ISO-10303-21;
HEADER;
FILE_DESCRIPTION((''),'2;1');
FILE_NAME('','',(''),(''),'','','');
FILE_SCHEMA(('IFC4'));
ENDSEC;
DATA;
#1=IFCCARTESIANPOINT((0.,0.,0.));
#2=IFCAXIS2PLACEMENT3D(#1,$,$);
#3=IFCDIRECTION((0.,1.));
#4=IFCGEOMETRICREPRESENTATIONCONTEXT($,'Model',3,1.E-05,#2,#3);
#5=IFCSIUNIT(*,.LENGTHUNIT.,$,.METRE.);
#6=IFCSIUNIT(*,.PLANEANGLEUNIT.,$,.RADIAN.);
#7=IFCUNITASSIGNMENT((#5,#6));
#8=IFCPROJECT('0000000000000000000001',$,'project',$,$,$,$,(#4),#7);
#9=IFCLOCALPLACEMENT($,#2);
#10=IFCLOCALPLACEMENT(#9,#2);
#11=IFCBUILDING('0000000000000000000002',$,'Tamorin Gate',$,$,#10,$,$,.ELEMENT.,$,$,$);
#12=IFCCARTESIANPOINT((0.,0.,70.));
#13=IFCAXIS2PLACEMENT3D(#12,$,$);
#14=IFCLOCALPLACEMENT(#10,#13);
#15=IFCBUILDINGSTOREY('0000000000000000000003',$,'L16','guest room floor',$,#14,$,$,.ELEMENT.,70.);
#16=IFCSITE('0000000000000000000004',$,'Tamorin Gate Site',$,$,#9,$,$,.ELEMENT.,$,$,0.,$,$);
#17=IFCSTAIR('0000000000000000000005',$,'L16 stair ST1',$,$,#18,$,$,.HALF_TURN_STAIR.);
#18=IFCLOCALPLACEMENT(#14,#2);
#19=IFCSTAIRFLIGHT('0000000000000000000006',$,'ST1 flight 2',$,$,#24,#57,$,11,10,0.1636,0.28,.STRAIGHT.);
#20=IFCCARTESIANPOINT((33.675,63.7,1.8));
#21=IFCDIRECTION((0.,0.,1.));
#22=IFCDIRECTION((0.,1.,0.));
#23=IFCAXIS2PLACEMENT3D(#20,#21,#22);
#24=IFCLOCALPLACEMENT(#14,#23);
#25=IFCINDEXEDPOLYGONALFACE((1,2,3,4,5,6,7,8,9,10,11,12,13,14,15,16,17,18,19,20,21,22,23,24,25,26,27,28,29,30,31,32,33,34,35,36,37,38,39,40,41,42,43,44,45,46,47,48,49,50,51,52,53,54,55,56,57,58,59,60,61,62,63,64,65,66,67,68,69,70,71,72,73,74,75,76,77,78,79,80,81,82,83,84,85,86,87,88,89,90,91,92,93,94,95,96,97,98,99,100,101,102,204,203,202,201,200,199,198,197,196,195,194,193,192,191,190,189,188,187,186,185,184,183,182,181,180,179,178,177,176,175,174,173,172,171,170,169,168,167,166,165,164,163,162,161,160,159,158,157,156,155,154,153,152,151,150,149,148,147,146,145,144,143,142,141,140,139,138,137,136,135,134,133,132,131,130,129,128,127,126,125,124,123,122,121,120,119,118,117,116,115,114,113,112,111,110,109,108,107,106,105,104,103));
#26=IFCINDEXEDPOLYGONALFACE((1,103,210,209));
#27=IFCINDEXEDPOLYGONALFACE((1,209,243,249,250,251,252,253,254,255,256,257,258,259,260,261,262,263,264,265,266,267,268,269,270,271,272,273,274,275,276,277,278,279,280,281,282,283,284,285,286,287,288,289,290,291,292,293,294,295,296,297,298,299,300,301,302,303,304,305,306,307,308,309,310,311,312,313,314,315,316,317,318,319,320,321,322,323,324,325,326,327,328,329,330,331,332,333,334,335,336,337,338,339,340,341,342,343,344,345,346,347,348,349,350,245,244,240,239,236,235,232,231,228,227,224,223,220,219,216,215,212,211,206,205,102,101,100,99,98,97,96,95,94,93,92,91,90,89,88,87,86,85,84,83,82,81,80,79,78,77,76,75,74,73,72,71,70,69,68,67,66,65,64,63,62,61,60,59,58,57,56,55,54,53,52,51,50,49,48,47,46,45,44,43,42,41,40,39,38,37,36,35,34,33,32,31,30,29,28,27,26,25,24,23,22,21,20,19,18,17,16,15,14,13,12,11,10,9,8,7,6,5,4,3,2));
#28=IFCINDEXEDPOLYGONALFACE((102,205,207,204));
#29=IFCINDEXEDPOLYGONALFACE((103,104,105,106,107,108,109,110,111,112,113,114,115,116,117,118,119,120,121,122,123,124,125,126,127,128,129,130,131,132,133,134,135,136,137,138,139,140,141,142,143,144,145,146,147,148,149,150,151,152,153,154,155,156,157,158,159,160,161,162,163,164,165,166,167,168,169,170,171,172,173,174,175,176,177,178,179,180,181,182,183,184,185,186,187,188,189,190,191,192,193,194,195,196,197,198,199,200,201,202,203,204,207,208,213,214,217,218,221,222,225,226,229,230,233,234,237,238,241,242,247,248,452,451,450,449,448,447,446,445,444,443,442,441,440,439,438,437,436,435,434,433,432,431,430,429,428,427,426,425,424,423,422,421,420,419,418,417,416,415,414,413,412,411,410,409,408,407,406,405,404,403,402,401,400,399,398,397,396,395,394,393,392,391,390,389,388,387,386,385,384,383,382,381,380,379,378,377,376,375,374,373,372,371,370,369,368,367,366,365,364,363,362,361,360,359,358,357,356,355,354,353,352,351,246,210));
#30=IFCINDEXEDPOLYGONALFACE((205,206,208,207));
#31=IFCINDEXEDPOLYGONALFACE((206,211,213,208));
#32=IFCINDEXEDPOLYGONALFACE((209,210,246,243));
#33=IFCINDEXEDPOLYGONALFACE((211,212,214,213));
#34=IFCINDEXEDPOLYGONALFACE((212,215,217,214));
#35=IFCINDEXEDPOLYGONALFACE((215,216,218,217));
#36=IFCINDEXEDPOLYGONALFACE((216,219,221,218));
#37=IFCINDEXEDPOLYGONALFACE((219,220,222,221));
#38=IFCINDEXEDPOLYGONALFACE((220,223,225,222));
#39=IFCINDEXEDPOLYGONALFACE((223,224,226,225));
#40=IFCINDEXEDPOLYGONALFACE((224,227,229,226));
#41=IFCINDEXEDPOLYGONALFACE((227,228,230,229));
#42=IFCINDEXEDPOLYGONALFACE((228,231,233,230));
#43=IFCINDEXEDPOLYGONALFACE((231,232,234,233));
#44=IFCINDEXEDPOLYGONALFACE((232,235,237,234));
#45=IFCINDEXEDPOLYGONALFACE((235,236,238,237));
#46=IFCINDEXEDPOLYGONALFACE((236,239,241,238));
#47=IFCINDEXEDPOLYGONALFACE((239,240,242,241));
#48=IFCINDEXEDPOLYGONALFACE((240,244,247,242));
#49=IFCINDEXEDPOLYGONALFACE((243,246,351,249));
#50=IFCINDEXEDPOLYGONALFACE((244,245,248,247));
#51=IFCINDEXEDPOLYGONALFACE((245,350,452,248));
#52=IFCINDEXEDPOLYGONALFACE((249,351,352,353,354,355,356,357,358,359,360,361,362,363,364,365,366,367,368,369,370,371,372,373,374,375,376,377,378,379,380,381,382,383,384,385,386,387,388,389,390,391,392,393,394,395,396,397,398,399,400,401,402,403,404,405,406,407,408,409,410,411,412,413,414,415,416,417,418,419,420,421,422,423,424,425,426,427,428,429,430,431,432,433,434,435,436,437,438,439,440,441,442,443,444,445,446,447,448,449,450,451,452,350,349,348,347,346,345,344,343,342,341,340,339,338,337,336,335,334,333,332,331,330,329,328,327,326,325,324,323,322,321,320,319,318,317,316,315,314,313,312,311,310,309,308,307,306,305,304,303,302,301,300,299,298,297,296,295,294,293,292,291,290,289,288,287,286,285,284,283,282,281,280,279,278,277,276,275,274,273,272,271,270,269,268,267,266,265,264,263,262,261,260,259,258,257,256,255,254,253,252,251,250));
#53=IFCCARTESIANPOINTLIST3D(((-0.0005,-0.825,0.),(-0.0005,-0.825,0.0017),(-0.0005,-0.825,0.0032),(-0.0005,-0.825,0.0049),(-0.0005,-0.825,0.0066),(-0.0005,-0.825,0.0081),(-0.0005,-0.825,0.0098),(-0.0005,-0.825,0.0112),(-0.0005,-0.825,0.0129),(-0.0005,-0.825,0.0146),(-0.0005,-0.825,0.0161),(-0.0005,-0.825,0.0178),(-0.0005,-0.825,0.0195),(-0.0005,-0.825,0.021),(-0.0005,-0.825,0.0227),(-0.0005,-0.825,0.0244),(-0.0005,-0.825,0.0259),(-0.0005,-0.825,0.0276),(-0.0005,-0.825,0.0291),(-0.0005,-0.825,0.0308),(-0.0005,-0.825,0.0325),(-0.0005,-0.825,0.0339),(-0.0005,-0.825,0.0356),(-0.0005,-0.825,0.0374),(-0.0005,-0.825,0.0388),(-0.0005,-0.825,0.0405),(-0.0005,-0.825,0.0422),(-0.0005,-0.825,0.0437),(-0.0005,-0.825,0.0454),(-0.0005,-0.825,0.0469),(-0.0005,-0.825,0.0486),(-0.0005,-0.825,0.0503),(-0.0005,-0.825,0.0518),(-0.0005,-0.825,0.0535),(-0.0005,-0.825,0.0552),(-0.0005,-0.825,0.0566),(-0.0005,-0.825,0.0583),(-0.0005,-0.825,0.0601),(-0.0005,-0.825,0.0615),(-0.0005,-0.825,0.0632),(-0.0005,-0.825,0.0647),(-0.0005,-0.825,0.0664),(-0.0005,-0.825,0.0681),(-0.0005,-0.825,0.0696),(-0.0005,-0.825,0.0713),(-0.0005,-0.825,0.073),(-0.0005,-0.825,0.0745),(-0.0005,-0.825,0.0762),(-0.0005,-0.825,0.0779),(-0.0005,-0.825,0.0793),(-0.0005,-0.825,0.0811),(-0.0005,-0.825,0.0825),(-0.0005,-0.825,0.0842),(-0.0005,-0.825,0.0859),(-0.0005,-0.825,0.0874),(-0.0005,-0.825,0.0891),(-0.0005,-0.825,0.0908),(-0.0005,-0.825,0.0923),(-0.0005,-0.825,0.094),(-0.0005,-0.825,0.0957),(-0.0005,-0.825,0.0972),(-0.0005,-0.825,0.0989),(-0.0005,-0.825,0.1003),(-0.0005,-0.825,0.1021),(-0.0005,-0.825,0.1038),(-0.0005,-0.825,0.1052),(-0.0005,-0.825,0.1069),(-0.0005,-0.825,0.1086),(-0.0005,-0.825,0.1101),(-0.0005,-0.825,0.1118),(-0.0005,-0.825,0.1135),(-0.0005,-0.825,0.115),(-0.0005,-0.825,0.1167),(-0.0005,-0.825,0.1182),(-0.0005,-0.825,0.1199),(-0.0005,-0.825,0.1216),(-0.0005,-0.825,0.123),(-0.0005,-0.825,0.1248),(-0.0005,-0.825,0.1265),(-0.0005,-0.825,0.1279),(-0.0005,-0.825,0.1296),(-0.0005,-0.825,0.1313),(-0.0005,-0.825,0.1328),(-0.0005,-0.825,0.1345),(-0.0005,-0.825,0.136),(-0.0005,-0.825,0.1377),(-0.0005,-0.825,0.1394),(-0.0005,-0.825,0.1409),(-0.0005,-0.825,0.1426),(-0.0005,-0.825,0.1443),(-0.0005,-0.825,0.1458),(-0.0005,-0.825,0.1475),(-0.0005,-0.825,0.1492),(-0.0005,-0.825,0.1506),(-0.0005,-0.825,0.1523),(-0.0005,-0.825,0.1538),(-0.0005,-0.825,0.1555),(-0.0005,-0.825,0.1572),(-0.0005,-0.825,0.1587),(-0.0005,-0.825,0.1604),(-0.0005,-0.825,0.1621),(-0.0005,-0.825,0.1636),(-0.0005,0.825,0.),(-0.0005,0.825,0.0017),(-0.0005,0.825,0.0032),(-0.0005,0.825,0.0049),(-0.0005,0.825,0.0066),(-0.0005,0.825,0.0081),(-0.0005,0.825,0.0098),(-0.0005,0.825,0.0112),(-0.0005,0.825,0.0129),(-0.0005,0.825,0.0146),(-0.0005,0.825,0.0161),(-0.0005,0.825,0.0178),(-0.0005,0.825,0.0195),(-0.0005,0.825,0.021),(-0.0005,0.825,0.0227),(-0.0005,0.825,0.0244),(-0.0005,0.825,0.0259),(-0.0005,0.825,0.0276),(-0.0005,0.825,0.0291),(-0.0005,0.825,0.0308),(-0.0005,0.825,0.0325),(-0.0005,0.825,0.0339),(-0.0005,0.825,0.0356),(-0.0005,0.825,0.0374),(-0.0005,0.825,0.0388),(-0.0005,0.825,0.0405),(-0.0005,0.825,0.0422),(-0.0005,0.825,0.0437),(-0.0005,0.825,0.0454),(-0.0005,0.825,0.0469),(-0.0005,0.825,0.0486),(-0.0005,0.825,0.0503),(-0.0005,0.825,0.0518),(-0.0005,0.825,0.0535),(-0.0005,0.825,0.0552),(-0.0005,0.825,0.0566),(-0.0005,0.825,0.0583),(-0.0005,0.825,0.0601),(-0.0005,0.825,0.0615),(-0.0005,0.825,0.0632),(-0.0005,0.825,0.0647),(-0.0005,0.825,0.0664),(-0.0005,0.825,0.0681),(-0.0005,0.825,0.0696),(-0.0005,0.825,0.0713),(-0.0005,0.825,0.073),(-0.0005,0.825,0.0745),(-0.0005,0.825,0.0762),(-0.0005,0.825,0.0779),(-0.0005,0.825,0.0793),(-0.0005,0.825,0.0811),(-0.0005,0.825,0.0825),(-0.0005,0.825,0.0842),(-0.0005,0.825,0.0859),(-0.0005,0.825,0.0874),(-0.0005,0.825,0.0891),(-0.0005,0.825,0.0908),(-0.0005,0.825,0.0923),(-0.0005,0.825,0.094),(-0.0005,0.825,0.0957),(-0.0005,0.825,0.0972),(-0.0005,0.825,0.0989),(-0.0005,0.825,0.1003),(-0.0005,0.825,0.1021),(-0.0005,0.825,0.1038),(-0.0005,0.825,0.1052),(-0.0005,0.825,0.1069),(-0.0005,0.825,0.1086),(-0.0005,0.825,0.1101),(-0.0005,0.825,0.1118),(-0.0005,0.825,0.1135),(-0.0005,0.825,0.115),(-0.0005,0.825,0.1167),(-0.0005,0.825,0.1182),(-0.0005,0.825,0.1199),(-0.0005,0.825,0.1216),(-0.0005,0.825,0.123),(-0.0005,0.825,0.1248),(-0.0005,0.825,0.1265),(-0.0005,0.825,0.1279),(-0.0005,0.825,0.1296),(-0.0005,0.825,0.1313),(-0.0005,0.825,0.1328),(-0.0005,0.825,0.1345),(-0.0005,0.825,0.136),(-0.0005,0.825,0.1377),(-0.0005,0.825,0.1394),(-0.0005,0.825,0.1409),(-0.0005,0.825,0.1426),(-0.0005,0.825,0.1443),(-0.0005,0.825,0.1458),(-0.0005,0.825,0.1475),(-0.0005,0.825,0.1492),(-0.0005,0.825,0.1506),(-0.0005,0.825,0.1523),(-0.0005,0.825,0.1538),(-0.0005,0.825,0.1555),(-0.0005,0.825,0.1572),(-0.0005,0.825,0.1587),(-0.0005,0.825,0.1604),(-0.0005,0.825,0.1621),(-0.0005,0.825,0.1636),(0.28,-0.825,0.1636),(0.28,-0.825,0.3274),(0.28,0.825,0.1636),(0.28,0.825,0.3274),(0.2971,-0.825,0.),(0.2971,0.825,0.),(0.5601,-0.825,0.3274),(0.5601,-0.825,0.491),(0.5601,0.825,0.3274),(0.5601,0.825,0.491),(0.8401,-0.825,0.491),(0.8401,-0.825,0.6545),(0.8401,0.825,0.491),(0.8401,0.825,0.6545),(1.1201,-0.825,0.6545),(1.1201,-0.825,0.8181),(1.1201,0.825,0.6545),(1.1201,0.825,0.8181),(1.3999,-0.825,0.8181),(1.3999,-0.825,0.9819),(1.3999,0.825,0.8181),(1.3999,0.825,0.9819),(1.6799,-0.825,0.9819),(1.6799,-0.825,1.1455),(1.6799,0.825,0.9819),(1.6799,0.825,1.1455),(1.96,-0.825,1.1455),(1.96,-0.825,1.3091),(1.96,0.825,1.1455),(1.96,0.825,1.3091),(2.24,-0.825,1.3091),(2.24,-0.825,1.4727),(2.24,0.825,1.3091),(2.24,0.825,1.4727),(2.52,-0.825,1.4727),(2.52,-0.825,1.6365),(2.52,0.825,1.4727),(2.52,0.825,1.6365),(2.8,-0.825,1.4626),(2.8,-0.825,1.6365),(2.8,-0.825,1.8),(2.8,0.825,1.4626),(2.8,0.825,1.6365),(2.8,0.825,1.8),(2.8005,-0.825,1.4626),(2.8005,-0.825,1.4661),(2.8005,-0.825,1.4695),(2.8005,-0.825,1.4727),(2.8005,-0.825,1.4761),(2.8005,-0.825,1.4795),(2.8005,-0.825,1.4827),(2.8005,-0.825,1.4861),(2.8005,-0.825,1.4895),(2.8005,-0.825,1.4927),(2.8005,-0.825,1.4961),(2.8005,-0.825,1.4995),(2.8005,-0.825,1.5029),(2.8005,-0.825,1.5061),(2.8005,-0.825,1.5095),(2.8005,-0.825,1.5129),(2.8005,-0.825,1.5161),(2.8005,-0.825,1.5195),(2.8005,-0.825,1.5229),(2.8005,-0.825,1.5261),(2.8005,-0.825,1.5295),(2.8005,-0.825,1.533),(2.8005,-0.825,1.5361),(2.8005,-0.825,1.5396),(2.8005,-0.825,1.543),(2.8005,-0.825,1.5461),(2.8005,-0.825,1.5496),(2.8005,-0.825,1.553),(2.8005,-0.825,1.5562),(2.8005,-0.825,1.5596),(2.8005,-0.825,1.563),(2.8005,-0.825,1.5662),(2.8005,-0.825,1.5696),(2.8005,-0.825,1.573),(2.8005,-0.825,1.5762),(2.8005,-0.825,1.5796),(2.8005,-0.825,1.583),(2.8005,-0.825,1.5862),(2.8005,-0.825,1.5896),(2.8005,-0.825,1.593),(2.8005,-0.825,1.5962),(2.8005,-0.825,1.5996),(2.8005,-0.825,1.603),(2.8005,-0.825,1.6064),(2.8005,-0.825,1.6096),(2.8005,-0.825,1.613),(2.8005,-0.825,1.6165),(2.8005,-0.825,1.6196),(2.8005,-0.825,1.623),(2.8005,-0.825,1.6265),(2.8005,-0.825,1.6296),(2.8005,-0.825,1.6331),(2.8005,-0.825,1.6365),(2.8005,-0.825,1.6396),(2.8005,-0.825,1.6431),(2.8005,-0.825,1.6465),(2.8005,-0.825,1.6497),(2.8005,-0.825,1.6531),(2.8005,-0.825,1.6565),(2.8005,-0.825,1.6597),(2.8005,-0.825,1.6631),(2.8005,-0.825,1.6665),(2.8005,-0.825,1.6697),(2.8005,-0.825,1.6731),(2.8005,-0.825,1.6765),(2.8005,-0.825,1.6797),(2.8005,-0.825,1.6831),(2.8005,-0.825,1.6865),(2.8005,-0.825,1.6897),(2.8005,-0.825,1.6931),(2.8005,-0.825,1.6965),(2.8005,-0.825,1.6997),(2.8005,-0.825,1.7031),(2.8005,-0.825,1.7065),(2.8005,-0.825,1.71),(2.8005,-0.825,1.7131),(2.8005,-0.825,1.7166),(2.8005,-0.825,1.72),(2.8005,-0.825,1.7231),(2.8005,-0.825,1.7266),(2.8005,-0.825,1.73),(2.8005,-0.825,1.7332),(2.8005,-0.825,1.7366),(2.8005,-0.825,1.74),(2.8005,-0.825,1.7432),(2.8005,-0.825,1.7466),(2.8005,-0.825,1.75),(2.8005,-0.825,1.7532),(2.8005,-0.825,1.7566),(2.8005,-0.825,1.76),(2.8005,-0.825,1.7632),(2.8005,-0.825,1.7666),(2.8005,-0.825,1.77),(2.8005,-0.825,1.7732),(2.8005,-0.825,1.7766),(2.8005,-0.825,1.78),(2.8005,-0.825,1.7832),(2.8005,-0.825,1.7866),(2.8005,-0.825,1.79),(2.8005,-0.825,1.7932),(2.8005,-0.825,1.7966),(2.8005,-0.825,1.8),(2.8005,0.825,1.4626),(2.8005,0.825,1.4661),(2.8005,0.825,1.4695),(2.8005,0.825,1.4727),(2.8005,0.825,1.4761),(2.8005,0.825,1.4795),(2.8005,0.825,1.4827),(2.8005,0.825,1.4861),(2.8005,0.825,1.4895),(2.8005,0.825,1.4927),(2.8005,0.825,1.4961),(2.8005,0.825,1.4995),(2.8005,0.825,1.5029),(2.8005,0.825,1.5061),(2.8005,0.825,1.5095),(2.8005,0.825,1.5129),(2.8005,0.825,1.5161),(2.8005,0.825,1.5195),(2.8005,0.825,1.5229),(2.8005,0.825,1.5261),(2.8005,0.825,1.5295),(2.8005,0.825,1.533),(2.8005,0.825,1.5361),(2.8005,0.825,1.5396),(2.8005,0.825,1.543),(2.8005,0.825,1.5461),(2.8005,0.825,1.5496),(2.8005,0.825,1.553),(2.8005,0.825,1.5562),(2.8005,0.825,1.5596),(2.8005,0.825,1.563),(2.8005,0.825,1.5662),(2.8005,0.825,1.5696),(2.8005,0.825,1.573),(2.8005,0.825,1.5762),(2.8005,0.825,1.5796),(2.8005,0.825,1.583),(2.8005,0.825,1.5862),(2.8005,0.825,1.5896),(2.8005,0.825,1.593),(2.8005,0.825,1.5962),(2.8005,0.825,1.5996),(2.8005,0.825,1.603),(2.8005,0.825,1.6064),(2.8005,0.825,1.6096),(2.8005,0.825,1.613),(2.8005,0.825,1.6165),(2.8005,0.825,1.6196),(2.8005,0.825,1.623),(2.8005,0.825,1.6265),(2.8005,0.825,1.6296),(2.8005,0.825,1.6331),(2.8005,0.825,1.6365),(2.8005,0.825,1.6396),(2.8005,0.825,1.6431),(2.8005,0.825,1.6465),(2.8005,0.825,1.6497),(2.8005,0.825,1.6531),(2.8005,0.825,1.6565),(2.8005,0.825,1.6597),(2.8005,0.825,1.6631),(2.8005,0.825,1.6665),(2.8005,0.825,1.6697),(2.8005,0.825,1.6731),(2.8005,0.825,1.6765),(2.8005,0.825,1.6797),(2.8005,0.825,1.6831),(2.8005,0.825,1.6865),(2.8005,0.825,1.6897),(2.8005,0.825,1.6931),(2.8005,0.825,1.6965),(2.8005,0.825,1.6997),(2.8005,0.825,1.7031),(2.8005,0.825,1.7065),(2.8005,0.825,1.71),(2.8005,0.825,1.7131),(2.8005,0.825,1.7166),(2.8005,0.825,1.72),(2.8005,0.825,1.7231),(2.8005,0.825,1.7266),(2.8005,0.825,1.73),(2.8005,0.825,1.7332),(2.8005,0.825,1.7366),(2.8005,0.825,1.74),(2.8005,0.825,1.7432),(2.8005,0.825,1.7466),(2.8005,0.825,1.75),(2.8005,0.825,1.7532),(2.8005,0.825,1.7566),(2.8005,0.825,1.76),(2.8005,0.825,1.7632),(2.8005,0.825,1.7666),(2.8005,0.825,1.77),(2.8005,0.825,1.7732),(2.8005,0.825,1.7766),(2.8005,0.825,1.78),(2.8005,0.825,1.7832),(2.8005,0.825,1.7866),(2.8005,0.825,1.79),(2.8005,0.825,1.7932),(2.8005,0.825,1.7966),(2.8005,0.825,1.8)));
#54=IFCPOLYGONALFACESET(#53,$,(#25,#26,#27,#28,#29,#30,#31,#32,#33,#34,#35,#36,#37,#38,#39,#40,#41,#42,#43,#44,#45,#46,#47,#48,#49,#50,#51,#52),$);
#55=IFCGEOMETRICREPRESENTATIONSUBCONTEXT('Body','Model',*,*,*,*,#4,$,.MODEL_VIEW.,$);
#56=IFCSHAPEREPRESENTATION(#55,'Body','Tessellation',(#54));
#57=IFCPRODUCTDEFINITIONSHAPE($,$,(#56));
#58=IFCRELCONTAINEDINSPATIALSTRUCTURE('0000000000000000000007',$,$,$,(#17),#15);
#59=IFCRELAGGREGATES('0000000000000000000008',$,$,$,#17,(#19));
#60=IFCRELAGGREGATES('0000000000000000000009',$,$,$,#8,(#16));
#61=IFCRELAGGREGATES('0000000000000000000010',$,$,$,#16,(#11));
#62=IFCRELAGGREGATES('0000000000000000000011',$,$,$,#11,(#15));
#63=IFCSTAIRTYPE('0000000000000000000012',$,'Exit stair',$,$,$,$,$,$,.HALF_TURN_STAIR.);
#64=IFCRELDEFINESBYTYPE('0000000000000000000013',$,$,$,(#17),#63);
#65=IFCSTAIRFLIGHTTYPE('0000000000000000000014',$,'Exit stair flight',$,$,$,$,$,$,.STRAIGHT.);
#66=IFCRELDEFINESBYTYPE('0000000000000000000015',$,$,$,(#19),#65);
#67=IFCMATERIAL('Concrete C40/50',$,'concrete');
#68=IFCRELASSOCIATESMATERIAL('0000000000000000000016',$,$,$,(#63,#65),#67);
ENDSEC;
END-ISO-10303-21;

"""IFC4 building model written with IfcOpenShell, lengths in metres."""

from ifc_helpers import new_model, si_unit, direction, frame, origin, place, context, subcontext, project, spatial, polyline, outline, extrude, material, type_object, element, aggregate, save


model = new_model("IFC4")

# Units and contexts
model_context = context("Model", 3, precision=1e-05, world=origin(), true_north=direction((0.0, 1.0)))
body_context = subcontext(model_context, "Body", "Model", "MODEL_VIEW")
ifc_project = project(units=[si_unit("LENGTHUNIT", "METRE"), si_unit("PLANEANGLEUNIT", "RADIAN")], contexts=[model_context])

# Site, building, storey
site_placement = place(None, origin())
site = spatial("IfcSite", under=ifc_project, at=site_placement, Name="Tamorin Gate Site", CompositionType="ELEMENT", RefElevation=0.0)
building_placement = place(site_placement, origin())
building = spatial("IfcBuilding", under=site, at=building_placement, Name="Tamorin Gate", CompositionType="ELEMENT")
storey_placement = place(building_placement, frame((0.0, 0.0, 70.0)))
storey = spatial("IfcBuildingStorey", under=building, at=storey_placement, Name="L16", Description="guest room floor", CompositionType="ELEMENT", Elevation=70.0)

# Shared definitions
ifc_material_1 = material(Name="Concrete C40/50", Category="concrete")

# Stair, stair flight
stair_type = type_object("IfcStairType", Name="Exit stair", PredefinedType="HALF_TURN_STAIR", material=ifc_material_1)
stair_placement = place(storey_placement, origin())
stair = element("IfcStair", 1, at=stair_placement, inside=storey, type_object=stair_type, Name="L16 stair ST1", PredefinedType="HALF_TURN_STAIR")
stair_flight_type = type_object("IfcStairFlightType", Name="Exit stair flight", PredefinedType="STRAIGHT", material=ifc_material_1)
stair_flight_1_placement = place(storey_placement, frame((33.675, 63.7, 1.8), z_axis=(0.0, 0.0, 1.0), x_axis=(0.0, 1.0, 0.0)))
stair_flight_1 = element("IfcStairFlight", 2, at=stair_flight_1_placement, type_object=stair_flight_type, Name="ST1 flight 2", NumberOfRisers=11, NumberOfTreads=10, PredefinedType="STRAIGHT", RiserHeight=0.1636, TreadLength=0.28, context=body_context, shape_type="SweptSolid", body=[
    extrude(outline(polyline([(-0.0005, 0.0), (-0.0005, 0.0017), (-0.0005, 0.0032), (-0.0005, 0.0049), (-0.0005, 0.0066), (-0.0005, 0.0081), (-0.0005, 0.0098), (-0.0005, 0.0112), (-0.0005, 0.0129), (-0.0005, 0.0146), (-0.0005, 0.0161), (-0.0005, 0.0178), (-0.0005, 0.0195), (-0.0005, 0.021), (-0.0005, 0.0227), (-0.0005, 0.0244), (-0.0005, 0.0259), (-0.0005, 0.0276), (-0.0005, 0.0291), (-0.0005, 0.0308), (-0.0005, 0.0325), (-0.0005, 0.0339), (-0.0005, 0.0356), (-0.0005, 0.0374), (-0.0005, 0.0388), (-0.0005, 0.0405), (-0.0005, 0.0422), (-0.0005, 0.0437), (-0.0005, 0.0454), (-0.0005, 0.0469), (-0.0005, 0.0486), (-0.0005, 0.0503), (-0.0005, 0.0518), (-0.0005, 0.0535), (-0.0005, 0.0552), (-0.0005, 0.0566), (-0.0005, 0.0583), (-0.0005, 0.0601), (-0.0005, 0.0615), (-0.0005, 0.0632), (-0.0005, 0.0647), (-0.0005, 0.0664), (-0.0005, 0.0681), (-0.0005, 0.0696), (-0.0005, 0.0713), (-0.0005, 0.073), (-0.0005, 0.0745), (-0.0005, 0.0762), (-0.0005, 0.0779), (-0.0005, 0.0793), (-0.0005, 0.0811), (-0.0005, 0.0825), (-0.0005, 0.0842), (-0.0005, 0.0859), (-0.0005, 0.0874), (-0.0005, 0.0891), (-0.0005, 0.0908), (-0.0005, 0.0923), (-0.0005, 0.094), (-0.0005, 0.0957), (-0.0005, 0.0972), (-0.0005, 0.0989), (-0.0005, 0.1003), (-0.0005, 0.1021), (-0.0005, 0.1038), (-0.0005, 0.1052), (-0.0005, 0.1069), (-0.0005, 0.1086), (-0.0005, 0.1101), (-0.0005, 0.1118), (-0.0005, 0.1135), (-0.0005, 0.115), (-0.0005, 0.1167), (-0.0005, 0.1182), (-0.0005, 0.1199), (-0.0005, 0.1216), (-0.0005, 0.123), (-0.0005, 0.1248), (-0.0005, 0.1265), (-0.0005, 0.1279), (-0.0005, 0.1296), (-0.0005, 0.1313), (-0.0005, 0.1328), (-0.0005, 0.1345), (-0.0005, 0.136), (-0.0005, 0.1377), (-0.0005, 0.1394), (-0.0005, 0.1409), (-0.0005, 0.1426), (-0.0005, 0.1443), (-0.0005, 0.1458), (-0.0005, 0.1475), (-0.0005, 0.1492), (-0.0005, 0.1506), (-0.0005, 0.1523), (-0.0005, 0.1538), (-0.0005, 0.1555), (-0.0005, 0.1572), (-0.0005, 0.1587), (-0.0005, 0.1604), (-0.0005, 0.1621), (-0.0005, 0.1636), (0.28, 0.1636), (0.28, 0.3274), (0.5601, 0.3274), (0.5601, 0.491), (0.8401, 0.491), (0.8401, 0.6545), (1.1201, 0.6545), (1.1201, 0.8181), (1.3999, 0.8181), (1.3999, 0.9819), (1.6799, 0.9819), (1.6799, 1.1455), (1.96, 1.1455), (1.96, 1.3091), (2.24, 1.3091), (2.24, 1.4727), (2.52, 1.4727), (2.52, 1.6365), (2.8, 1.6365), (2.8, 1.8), (2.8005, 1.8), (2.8005, 1.7966), (2.8005, 1.7932), (2.8005, 1.79), (2.8005, 1.7866), (2.8005, 1.7832), (2.8005, 1.78), (2.8005, 1.7766), (2.8005, 1.7732), (2.8005, 1.77), (2.8005, 1.7666), (2.8005, 1.7632), (2.8005, 1.76), (2.8005, 1.7566), (2.8005, 1.7532), (2.8005, 1.75), (2.8005, 1.7466), (2.8005, 1.7432), (2.8005, 1.74), (2.8005, 1.7366), (2.8005, 1.7332), (2.8005, 1.73), (2.8005, 1.7266), (2.8005, 1.7231), (2.8005, 1.72), (2.8005, 1.7166), (2.8005, 1.7131), (2.8005, 1.71), (2.8005, 1.7065), (2.8005, 1.7031), (2.8005, 1.6997), (2.8005, 1.6965), (2.8005, 1.6931), (2.8005, 1.6897), (2.8005, 1.6865), (2.8005, 1.6831), (2.8005, 1.6797), (2.8005, 1.6765), (2.8005, 1.6731), (2.8005, 1.6697), (2.8005, 1.6665), (2.8005, 1.6631), (2.8005, 1.6597), (2.8005, 1.6565), (2.8005, 1.6531), (2.8005, 1.6497), (2.8005, 1.6465), (2.8005, 1.6431), (2.8005, 1.6396), (2.8005, 1.6365), (2.8005, 1.6331), (2.8005, 1.6296), (2.8005, 1.6265), (2.8005, 1.623), (2.8005, 1.6196), (2.8005, 1.6165), (2.8005, 1.613), (2.8005, 1.6096), (2.8005, 1.6064), (2.8005, 1.603), (2.8005, 1.5996), (2.8005, 1.5962), (2.8005, 1.593), (2.8005, 1.5896), (2.8005, 1.5862), (2.8005, 1.583), (2.8005, 1.5796), (2.8005, 1.5762), (2.8005, 1.573), (2.8005, 1.5696), (2.8005, 1.5662), (2.8005, 1.563), (2.8005, 1.5596), (2.8005, 1.5562), (2.8005, 1.553), (2.8005, 1.5496), (2.8005, 1.5461), (2.8005, 1.543), (2.8005, 1.5396), (2.8005, 1.5361), (2.8005, 1.533), (2.8005, 1.5295), (2.8005, 1.5261), (2.8005, 1.5229), (2.8005, 1.5195), (2.8005, 1.5161), (2.8005, 1.5129), (2.8005, 1.5095), (2.8005, 1.5061), (2.8005, 1.5029), (2.8005, 1.4995), (2.8005, 1.4961), (2.8005, 1.4927), (2.8005, 1.4895), (2.8005, 1.4861), (2.8005, 1.4827), (2.8005, 1.4795), (2.8005, 1.4761), (2.8005, 1.4727), (2.8005, 1.4695), (2.8005, 1.4661), (2.8005, 1.4626), (2.8, 1.4626), (0.2971, 0.0), (-0.0005, 0.0)])), frame((0.0, 0.825, 0.0), z_axis=(0.0, -1.0, 0.0), x_axis=(1.0, 0.0, 0.0)), (0.0, 0.0, 1.0), 1.6499),
])
aggregate(stair, [stair_flight_1])

save(model, "model.ifc")
